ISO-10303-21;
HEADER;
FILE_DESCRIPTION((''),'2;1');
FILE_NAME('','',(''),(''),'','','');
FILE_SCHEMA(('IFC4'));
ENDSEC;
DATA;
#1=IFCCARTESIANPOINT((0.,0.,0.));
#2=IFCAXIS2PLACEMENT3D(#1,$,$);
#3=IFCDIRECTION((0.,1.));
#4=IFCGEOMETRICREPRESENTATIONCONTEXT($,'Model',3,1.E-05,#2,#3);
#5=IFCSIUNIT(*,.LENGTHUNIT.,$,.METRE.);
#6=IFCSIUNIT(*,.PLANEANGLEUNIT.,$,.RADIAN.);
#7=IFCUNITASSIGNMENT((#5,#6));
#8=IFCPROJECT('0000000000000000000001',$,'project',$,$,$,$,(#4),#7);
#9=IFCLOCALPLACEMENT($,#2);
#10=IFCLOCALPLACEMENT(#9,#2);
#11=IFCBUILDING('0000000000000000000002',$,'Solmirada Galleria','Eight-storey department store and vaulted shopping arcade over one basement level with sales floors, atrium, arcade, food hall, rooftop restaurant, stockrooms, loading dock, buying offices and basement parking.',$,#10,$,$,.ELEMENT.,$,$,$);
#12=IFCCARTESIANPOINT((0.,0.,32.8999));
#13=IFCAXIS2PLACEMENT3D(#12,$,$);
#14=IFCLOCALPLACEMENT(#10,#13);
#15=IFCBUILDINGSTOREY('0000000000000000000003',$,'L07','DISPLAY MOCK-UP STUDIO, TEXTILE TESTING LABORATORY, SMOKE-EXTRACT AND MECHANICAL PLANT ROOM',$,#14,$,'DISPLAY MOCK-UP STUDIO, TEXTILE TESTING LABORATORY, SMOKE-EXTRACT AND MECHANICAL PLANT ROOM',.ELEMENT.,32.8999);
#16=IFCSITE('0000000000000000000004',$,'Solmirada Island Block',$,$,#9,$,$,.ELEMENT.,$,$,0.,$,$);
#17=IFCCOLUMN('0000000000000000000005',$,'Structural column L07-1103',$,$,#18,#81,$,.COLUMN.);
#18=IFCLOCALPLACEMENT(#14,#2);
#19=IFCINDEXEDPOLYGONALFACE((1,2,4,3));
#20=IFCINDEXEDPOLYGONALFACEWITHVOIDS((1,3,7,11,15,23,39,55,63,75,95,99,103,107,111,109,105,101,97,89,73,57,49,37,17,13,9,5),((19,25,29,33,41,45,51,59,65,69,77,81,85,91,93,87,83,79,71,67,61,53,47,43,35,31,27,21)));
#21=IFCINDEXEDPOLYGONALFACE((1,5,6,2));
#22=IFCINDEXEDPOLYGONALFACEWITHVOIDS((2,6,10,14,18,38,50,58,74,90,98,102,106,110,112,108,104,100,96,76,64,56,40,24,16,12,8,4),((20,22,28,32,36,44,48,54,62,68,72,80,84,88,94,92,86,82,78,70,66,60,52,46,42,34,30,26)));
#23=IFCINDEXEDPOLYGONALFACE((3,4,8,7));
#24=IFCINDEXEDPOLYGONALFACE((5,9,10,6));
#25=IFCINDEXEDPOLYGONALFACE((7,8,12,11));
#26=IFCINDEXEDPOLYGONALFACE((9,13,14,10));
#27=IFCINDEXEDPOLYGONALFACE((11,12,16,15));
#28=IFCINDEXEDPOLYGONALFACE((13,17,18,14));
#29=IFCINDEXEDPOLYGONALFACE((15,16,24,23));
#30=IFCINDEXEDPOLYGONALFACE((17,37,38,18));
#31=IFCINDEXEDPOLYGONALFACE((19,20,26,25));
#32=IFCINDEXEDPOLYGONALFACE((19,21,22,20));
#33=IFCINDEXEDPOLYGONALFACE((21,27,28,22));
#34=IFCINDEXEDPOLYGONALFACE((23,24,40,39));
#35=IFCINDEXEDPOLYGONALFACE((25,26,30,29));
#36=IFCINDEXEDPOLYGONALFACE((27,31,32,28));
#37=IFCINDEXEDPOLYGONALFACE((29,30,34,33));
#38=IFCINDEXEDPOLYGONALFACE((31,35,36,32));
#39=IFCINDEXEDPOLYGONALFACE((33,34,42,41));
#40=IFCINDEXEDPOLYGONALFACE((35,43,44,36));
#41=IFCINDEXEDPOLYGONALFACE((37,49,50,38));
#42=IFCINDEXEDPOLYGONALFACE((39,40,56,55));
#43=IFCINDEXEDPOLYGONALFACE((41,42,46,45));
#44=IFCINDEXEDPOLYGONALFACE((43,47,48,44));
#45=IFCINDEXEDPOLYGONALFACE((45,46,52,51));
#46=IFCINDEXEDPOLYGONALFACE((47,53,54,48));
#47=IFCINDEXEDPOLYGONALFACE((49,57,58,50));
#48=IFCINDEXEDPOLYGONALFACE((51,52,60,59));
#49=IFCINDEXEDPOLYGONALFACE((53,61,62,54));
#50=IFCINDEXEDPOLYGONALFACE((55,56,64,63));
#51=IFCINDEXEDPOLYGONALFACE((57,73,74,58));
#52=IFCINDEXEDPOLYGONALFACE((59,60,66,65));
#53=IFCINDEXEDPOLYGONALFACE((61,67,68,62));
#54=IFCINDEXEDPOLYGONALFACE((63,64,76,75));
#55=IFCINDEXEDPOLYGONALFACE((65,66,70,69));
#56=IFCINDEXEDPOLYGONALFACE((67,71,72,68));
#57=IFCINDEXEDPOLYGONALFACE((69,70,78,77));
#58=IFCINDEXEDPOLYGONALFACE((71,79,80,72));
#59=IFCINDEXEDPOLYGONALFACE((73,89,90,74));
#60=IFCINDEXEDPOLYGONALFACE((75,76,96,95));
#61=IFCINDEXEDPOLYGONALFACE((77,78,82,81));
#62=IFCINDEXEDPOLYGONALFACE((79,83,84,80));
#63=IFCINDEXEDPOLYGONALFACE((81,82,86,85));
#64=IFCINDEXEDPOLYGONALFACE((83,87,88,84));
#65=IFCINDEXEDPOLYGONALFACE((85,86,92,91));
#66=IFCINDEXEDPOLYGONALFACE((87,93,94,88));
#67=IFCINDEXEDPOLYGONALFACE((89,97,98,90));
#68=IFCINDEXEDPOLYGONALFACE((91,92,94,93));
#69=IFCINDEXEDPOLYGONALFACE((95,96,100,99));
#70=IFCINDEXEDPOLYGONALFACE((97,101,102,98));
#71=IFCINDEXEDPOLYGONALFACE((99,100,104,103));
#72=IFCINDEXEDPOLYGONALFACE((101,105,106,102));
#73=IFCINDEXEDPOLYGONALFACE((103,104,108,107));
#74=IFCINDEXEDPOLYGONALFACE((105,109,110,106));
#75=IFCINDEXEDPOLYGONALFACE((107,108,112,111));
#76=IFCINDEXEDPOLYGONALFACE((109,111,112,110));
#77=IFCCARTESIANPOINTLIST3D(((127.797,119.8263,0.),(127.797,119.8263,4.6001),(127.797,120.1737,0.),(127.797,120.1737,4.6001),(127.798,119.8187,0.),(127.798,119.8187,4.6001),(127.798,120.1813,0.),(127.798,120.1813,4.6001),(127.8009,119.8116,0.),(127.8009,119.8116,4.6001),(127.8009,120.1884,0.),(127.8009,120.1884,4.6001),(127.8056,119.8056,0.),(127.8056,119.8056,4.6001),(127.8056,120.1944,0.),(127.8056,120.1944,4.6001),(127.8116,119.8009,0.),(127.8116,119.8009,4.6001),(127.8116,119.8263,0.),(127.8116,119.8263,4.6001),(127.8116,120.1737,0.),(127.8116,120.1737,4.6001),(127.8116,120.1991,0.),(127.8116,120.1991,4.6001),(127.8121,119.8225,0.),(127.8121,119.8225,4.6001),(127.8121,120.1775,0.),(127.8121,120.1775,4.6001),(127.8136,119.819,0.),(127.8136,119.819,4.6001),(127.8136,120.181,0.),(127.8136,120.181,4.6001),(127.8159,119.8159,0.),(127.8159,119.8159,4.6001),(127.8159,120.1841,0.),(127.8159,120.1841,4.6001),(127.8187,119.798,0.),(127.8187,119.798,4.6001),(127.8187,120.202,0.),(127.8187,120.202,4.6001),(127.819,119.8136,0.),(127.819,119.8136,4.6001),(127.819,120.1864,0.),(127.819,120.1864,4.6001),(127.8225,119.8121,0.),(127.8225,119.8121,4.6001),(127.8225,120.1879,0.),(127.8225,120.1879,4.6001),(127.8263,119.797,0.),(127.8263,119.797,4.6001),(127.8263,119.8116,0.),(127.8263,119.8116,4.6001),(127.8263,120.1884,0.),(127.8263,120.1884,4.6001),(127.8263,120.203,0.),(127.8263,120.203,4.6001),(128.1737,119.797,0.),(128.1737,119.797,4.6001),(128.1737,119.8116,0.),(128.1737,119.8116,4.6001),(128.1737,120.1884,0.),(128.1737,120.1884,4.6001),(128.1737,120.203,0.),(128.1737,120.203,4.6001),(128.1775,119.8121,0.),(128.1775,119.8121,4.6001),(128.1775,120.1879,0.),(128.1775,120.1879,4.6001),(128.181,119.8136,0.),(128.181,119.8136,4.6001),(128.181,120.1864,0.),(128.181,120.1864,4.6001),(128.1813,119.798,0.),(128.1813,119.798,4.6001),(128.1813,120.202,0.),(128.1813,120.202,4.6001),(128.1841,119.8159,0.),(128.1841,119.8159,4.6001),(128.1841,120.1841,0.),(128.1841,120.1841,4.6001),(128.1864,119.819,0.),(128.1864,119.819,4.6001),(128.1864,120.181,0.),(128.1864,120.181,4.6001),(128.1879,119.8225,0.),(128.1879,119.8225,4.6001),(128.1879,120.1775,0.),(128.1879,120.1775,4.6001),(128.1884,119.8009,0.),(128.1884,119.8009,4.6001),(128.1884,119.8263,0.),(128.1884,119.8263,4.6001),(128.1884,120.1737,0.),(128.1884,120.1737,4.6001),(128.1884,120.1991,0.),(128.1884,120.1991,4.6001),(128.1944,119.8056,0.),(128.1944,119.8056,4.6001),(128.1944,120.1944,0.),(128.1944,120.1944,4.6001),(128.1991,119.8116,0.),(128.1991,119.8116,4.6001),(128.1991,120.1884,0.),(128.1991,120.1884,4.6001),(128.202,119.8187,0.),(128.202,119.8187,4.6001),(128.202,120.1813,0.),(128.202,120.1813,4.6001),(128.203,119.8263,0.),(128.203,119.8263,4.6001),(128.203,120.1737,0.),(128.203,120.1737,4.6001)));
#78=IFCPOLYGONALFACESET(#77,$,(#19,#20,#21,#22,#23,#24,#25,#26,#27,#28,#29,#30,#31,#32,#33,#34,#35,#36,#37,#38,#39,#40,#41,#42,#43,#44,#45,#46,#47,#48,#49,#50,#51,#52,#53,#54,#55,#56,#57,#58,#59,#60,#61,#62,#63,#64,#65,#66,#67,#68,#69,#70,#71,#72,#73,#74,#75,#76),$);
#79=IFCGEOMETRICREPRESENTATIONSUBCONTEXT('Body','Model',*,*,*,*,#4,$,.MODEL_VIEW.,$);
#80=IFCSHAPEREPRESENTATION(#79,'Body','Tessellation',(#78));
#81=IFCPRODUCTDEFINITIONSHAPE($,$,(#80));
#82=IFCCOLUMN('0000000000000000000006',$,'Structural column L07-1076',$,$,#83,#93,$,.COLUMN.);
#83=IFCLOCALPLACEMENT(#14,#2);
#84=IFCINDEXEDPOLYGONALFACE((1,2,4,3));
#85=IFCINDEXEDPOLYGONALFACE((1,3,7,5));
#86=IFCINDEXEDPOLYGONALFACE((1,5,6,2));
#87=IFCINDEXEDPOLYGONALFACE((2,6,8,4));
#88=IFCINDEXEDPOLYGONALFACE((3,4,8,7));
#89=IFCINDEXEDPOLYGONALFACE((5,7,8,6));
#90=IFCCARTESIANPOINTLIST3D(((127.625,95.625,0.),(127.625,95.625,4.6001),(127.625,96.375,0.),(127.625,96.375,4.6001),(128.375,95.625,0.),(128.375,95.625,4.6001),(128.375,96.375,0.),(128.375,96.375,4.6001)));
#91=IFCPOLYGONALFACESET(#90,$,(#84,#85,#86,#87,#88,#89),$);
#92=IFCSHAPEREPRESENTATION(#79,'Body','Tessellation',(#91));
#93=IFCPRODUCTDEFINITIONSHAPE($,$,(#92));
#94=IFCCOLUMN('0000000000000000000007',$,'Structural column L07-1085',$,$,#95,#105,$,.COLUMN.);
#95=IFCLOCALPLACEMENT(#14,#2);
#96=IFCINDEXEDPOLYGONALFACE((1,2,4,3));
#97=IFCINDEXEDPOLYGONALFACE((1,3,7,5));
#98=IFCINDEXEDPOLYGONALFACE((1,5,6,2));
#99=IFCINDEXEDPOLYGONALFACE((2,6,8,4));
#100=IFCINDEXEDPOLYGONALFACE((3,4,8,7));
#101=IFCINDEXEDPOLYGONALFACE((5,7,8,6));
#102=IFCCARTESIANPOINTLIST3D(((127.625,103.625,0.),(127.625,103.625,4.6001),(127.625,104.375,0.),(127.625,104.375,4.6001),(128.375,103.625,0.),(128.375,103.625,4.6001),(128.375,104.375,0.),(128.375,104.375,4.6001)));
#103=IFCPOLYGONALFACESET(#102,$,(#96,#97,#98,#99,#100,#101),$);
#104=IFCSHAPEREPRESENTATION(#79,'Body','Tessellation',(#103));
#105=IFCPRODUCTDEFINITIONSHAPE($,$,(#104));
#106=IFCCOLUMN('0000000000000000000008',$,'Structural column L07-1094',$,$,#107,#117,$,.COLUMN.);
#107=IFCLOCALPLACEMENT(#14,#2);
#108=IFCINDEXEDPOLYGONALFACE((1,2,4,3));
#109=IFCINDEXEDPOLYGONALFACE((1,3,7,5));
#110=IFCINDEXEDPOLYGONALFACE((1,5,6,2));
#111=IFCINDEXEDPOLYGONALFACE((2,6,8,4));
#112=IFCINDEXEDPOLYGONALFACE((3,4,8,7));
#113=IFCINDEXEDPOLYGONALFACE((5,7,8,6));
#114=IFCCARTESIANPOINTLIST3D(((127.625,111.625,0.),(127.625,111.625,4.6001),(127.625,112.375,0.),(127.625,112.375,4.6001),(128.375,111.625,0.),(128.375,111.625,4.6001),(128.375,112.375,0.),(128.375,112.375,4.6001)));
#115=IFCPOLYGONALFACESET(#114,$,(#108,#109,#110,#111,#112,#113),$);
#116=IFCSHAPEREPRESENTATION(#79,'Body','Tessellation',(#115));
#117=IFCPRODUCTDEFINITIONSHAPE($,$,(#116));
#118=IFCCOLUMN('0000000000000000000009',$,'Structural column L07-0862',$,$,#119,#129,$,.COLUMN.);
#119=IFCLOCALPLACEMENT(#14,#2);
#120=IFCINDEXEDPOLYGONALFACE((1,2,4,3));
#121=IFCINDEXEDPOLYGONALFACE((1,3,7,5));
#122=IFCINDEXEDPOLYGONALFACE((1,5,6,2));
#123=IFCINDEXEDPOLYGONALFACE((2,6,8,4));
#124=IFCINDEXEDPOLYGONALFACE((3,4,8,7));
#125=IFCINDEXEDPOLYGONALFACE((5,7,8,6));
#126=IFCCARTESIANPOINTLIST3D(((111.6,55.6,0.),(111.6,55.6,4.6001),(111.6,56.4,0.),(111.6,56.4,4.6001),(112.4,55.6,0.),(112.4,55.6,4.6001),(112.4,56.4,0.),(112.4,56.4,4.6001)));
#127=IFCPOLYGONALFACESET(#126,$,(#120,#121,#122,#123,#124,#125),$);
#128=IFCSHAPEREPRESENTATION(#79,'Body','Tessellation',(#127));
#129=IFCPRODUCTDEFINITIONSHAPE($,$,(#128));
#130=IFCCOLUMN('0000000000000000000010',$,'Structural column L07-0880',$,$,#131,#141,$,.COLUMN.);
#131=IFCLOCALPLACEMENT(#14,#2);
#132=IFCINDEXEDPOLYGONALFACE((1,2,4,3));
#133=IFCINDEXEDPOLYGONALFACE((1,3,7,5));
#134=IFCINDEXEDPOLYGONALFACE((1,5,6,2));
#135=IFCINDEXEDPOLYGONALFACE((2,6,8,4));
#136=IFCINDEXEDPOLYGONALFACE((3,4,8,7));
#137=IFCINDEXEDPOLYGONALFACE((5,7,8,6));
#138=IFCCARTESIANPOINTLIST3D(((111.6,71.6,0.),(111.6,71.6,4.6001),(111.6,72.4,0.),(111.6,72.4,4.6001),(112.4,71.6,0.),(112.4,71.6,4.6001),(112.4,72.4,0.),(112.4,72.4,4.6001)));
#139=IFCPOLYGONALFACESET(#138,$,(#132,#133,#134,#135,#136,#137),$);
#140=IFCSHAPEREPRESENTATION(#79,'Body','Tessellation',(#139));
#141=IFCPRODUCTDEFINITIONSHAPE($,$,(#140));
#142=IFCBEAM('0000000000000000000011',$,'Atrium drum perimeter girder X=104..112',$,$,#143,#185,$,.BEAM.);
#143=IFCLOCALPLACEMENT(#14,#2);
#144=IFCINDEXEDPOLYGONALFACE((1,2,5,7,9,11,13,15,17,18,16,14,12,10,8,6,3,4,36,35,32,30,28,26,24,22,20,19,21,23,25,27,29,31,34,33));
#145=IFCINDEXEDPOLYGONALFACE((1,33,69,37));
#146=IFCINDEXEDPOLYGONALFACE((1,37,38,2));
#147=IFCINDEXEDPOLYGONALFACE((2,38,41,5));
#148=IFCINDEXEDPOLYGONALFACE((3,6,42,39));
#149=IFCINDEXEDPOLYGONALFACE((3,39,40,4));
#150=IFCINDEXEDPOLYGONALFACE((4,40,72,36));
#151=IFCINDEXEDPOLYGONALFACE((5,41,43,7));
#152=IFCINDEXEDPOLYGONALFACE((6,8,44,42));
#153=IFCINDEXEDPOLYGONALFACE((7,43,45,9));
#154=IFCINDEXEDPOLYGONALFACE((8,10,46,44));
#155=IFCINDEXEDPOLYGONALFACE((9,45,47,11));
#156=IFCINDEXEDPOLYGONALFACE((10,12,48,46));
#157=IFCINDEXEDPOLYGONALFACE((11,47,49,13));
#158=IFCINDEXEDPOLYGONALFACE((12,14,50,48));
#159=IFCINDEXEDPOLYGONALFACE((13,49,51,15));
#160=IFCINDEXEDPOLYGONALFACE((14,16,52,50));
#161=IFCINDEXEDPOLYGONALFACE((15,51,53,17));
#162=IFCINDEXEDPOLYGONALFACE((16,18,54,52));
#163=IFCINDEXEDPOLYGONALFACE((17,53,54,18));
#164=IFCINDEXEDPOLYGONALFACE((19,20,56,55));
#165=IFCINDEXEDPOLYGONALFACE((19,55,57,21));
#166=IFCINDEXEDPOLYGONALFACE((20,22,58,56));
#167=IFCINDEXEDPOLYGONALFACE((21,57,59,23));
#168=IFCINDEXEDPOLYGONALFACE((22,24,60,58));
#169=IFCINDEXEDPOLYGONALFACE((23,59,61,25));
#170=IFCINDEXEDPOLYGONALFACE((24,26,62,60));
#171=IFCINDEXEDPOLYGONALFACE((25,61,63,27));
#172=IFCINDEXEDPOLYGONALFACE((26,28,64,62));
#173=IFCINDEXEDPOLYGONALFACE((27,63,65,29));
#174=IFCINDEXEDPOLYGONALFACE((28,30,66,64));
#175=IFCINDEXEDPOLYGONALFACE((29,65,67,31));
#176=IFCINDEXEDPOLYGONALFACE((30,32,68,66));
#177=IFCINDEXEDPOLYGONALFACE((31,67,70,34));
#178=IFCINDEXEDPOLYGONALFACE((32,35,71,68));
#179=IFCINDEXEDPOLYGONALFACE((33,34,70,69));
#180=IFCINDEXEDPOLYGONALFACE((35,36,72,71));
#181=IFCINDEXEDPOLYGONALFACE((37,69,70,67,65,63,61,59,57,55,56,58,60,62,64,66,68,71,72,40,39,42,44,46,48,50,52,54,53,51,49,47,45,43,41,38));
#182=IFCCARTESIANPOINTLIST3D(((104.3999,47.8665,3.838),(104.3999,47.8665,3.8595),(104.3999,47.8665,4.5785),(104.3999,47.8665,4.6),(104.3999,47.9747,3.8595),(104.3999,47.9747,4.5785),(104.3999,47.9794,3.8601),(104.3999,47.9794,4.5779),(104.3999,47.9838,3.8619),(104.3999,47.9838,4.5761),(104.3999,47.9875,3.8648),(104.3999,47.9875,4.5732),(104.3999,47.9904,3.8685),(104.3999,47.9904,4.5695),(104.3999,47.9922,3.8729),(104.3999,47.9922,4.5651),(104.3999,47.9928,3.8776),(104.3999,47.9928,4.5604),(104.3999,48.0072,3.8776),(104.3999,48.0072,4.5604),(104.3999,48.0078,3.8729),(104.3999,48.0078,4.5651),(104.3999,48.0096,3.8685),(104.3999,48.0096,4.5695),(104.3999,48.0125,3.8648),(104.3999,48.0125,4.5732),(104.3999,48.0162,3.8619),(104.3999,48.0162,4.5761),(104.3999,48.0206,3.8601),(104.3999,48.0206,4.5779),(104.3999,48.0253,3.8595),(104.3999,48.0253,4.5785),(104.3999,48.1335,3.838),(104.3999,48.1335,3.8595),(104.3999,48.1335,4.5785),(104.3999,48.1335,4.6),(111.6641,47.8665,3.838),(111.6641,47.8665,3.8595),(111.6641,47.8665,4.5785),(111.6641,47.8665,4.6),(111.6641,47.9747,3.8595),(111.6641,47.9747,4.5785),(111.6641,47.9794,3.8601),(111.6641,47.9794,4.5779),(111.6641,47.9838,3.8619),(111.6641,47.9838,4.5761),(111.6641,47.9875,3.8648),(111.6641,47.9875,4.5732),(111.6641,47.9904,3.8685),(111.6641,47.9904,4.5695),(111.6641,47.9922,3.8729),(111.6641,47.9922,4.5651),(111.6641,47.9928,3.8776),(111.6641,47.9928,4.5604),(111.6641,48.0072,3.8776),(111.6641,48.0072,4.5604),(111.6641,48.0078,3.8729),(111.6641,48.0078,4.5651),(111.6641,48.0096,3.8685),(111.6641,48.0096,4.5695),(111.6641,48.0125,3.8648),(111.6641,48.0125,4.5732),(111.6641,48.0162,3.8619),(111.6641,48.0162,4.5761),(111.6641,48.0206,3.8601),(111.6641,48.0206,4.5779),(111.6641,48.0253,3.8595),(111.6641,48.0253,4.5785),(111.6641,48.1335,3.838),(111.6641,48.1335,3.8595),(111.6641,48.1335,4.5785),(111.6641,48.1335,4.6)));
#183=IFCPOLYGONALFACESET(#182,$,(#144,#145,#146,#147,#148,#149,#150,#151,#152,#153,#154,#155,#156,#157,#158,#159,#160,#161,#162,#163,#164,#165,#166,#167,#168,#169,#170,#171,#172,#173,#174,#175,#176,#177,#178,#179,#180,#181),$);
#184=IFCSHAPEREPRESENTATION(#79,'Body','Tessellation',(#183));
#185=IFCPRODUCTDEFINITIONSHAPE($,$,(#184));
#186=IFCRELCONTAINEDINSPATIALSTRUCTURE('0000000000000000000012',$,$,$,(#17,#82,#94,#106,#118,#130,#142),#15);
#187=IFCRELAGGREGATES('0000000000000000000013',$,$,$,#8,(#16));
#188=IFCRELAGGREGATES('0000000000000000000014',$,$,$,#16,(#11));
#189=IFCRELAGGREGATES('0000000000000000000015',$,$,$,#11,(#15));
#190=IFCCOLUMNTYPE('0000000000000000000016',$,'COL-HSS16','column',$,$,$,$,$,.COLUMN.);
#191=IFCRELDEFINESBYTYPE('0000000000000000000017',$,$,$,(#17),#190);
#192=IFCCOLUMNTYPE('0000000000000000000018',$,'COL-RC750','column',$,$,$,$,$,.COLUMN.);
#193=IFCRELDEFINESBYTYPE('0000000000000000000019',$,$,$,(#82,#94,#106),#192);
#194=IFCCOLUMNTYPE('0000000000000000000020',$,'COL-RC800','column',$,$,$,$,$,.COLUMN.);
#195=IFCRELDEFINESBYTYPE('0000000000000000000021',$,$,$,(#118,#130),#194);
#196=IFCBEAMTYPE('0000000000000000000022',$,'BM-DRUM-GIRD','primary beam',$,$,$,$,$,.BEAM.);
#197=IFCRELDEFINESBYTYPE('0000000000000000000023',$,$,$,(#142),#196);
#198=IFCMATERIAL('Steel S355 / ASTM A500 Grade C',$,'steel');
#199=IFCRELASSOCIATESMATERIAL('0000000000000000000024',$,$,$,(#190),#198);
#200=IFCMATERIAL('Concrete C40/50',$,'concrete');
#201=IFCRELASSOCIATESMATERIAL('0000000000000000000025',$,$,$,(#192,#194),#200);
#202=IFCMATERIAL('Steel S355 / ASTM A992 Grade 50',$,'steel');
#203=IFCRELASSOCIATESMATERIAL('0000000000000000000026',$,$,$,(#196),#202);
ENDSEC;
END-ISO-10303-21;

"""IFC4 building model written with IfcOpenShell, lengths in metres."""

from ifc_helpers import new_model, si_unit, direction, frame, origin, origin_2d, place, context, subcontext, project, spatial, rectangle, hollow_rectangle, i_section, extrude, material, material_profile, profile_set, type_object, element, save


model = new_model("IFC4")

# Units and contexts
model_context = context("Model", 3, precision=1e-05, world=origin(), true_north=direction((0.0, 1.0)))
body_context = subcontext(model_context, "Body", "Model", "MODEL_VIEW")
ifc_project = project(units=[si_unit("LENGTHUNIT", "METRE"), si_unit("PLANEANGLEUNIT", "RADIAN")], contexts=[model_context])

# Site, building, storey
site_placement = place(None, origin())
site = spatial("IfcSite", under=ifc_project, at=site_placement, Name="Solmirada Island Block", CompositionType="ELEMENT", RefElevation=0.0)
building_placement = place(site_placement, origin())
building = spatial("IfcBuilding", under=site, at=building_placement, Name="Solmirada Galleria", Description="Eight-storey department store and vaulted shopping arcade over one basement level with sales floors, atrium, arcade, food hall, rooftop restaurant, stockrooms, loading dock, buying offices and basement parking.", CompositionType="ELEMENT")
storey_placement = place(building_placement, frame((0.0, 0.0, 32.8999)))
storey = spatial("IfcBuildingStorey", under=building, at=storey_placement, Name="L07", Description="DISPLAY MOCK-UP STUDIO, TEXTILE TESTING LABORATORY, SMOKE-EXTRACT AND MECHANICAL PLANT ROOM", LongName="DISPLAY MOCK-UP STUDIO, TEXTILE TESTING LABORATORY, SMOKE-EXTRACT AND MECHANICAL PLANT ROOM", CompositionType="ELEMENT", Elevation=32.8999)

# Columns
ifc_material_1 = material(Name="Steel S355 / ASTM A500 Grade C", Category="steel")
ifc_material_2 = material(Name="Concrete C40/50", Category="concrete")
ifc_material_profile_1 = material_profile(ifc_material_1, hollow_rectangle(XDim=0.406, YDim=0.406, WallThickness=0.0146, InnerFilletRadius=0.0146, OuterFilletRadius=0.0293, at=origin_2d()), Name="HSS16X16X5/8")
ifc_profile_set_1 = profile_set([ifc_material_profile_1], Name="Steel S355 / ASTM A500 Grade C")
column_type_1 = type_object("IfcColumnType", Name="COL-HSS16", Description="column", PredefinedType="COLUMN", material=ifc_profile_set_1)
column_1_placement = place(storey_placement, frame((128.0, 120.0, 0.0), z_axis=(0.0, 0.0, 1.0), x_axis=(1.0, 0.0, 0.0)))
element("IfcColumn", 1, at=column_1_placement, inside=storey, type_object=column_type_1, Name="Structural column L07-1103", PredefinedType="COLUMN", context=body_context, shape_type="SweptSolid", body=[
    extrude(hollow_rectangle(XDim=0.406, YDim=0.406, WallThickness=0.0146, InnerFilletRadius=0.0146, OuterFilletRadius=0.0293, at=origin_2d()), origin(), (0.0, 0.0, 1.0), 4.6001),
])
ifc_material_profile_2 = material_profile(ifc_material_2, rectangle(XDim=0.75, YDim=0.75, at=origin_2d()), Name="RC750X750")
ifc_profile_set_2 = profile_set([ifc_material_profile_2], Name="Concrete C40/50")
column_type_2 = type_object("IfcColumnType", Name="COL-RC750", Description="column", PredefinedType="COLUMN", material=ifc_profile_set_2)
for number, where, z_axis, x_axis, name in (
    (2, (128.0, 96.0, 0.0), (0.0, 0.0, 1.0), (1.0, 0.0, 0.0), "Structural column L07-1076"),
    (3, (128.0, 104.0, 0.0), (0.0, 0.0, 1.0), (1.0, 0.0, 0.0), "Structural column L07-1085"),
    (4, (128.0, 112.0, 0.0), (0.0, 0.0, 1.0), (1.0, 0.0, 0.0), "Structural column L07-1094"),
):
    element("IfcColumn", number, at=place(storey_placement, frame(where, z_axis=z_axis, x_axis=x_axis)), inside=storey, type_object=column_type_2, Name=name, PredefinedType="COLUMN", context=body_context, shape_type="SweptSolid", body=[
        extrude(rectangle(XDim=0.75, YDim=0.75, at=origin_2d()), origin(), (0.0, 0.0, 1.0), 4.6001),
    ])
ifc_material_profile_3 = material_profile(ifc_material_2, rectangle(XDim=0.8, YDim=0.8, at=origin_2d()), Name="RC800X800")
ifc_profile_set_3 = profile_set([ifc_material_profile_3], Name="Concrete C40/50")
column_type_3 = type_object("IfcColumnType", Name="COL-RC800", Description="column", PredefinedType="COLUMN", material=ifc_profile_set_3)
for number, where, z_axis, x_axis, name in (
    (5, (112.0, 56.0, 0.0), (0.0, 0.0, 1.0), (1.0, 0.0, 0.0), "Structural column L07-0862"),
    (6, (112.0, 72.0, 0.0), (0.0, 0.0, 1.0), (1.0, 0.0, 0.0), "Structural column L07-0880"),
):
    element("IfcColumn", number, at=place(storey_placement, frame(where, z_axis=z_axis, x_axis=x_axis)), inside=storey, type_object=column_type_3, Name=name, PredefinedType="COLUMN", context=body_context, shape_type="SweptSolid", body=[
        extrude(rectangle(XDim=0.8, YDim=0.8, at=origin_2d()), origin(), (0.0, 0.0, 1.0), 4.6001),
    ])

# Beam
ifc_material_3 = material(Name="Steel S355 / ASTM A992 Grade 50", Category="steel")
ifc_material_profile_4 = material_profile(ifc_material_3, i_section(OverallWidth=0.2671, OverallDepth=0.762, WebThickness=0.0144, FlangeThickness=0.0215, FilletRadius=0.0181, at=origin_2d()), Name="W30X116")
ifc_profile_set_4 = profile_set([ifc_material_profile_4], Name="Steel S355 / ASTM A992 Grade 50")
beam_type_1 = type_object("IfcBeamType", Name="BM-DRUM-GIRD", Description="primary beam", PredefinedType="BEAM", material=ifc_profile_set_4)
for number, where, z_axis, x_axis, name in (
    (7, (104.3999, 48.0, 4.219), (1.0, 0.0, 0.0), (0.0, 1.0, 0.0), "Atrium drum perimeter girder X=104..112"),
):
    element("IfcBeam", number, at=place(storey_placement, frame(where, z_axis=z_axis, x_axis=x_axis)), inside=storey, type_object=beam_type_1, Name=name, PredefinedType="BEAM", context=body_context, shape_type="SweptSolid", body=[
        extrude(i_section(OverallWidth=0.2671, OverallDepth=0.762, WebThickness=0.0144, FlangeThickness=0.0215, FilletRadius=0.0181, at=origin_2d()), origin(), (0.0, 0.0, 1.0), 7.2642),
    ])

save(model, "model.ifc")
